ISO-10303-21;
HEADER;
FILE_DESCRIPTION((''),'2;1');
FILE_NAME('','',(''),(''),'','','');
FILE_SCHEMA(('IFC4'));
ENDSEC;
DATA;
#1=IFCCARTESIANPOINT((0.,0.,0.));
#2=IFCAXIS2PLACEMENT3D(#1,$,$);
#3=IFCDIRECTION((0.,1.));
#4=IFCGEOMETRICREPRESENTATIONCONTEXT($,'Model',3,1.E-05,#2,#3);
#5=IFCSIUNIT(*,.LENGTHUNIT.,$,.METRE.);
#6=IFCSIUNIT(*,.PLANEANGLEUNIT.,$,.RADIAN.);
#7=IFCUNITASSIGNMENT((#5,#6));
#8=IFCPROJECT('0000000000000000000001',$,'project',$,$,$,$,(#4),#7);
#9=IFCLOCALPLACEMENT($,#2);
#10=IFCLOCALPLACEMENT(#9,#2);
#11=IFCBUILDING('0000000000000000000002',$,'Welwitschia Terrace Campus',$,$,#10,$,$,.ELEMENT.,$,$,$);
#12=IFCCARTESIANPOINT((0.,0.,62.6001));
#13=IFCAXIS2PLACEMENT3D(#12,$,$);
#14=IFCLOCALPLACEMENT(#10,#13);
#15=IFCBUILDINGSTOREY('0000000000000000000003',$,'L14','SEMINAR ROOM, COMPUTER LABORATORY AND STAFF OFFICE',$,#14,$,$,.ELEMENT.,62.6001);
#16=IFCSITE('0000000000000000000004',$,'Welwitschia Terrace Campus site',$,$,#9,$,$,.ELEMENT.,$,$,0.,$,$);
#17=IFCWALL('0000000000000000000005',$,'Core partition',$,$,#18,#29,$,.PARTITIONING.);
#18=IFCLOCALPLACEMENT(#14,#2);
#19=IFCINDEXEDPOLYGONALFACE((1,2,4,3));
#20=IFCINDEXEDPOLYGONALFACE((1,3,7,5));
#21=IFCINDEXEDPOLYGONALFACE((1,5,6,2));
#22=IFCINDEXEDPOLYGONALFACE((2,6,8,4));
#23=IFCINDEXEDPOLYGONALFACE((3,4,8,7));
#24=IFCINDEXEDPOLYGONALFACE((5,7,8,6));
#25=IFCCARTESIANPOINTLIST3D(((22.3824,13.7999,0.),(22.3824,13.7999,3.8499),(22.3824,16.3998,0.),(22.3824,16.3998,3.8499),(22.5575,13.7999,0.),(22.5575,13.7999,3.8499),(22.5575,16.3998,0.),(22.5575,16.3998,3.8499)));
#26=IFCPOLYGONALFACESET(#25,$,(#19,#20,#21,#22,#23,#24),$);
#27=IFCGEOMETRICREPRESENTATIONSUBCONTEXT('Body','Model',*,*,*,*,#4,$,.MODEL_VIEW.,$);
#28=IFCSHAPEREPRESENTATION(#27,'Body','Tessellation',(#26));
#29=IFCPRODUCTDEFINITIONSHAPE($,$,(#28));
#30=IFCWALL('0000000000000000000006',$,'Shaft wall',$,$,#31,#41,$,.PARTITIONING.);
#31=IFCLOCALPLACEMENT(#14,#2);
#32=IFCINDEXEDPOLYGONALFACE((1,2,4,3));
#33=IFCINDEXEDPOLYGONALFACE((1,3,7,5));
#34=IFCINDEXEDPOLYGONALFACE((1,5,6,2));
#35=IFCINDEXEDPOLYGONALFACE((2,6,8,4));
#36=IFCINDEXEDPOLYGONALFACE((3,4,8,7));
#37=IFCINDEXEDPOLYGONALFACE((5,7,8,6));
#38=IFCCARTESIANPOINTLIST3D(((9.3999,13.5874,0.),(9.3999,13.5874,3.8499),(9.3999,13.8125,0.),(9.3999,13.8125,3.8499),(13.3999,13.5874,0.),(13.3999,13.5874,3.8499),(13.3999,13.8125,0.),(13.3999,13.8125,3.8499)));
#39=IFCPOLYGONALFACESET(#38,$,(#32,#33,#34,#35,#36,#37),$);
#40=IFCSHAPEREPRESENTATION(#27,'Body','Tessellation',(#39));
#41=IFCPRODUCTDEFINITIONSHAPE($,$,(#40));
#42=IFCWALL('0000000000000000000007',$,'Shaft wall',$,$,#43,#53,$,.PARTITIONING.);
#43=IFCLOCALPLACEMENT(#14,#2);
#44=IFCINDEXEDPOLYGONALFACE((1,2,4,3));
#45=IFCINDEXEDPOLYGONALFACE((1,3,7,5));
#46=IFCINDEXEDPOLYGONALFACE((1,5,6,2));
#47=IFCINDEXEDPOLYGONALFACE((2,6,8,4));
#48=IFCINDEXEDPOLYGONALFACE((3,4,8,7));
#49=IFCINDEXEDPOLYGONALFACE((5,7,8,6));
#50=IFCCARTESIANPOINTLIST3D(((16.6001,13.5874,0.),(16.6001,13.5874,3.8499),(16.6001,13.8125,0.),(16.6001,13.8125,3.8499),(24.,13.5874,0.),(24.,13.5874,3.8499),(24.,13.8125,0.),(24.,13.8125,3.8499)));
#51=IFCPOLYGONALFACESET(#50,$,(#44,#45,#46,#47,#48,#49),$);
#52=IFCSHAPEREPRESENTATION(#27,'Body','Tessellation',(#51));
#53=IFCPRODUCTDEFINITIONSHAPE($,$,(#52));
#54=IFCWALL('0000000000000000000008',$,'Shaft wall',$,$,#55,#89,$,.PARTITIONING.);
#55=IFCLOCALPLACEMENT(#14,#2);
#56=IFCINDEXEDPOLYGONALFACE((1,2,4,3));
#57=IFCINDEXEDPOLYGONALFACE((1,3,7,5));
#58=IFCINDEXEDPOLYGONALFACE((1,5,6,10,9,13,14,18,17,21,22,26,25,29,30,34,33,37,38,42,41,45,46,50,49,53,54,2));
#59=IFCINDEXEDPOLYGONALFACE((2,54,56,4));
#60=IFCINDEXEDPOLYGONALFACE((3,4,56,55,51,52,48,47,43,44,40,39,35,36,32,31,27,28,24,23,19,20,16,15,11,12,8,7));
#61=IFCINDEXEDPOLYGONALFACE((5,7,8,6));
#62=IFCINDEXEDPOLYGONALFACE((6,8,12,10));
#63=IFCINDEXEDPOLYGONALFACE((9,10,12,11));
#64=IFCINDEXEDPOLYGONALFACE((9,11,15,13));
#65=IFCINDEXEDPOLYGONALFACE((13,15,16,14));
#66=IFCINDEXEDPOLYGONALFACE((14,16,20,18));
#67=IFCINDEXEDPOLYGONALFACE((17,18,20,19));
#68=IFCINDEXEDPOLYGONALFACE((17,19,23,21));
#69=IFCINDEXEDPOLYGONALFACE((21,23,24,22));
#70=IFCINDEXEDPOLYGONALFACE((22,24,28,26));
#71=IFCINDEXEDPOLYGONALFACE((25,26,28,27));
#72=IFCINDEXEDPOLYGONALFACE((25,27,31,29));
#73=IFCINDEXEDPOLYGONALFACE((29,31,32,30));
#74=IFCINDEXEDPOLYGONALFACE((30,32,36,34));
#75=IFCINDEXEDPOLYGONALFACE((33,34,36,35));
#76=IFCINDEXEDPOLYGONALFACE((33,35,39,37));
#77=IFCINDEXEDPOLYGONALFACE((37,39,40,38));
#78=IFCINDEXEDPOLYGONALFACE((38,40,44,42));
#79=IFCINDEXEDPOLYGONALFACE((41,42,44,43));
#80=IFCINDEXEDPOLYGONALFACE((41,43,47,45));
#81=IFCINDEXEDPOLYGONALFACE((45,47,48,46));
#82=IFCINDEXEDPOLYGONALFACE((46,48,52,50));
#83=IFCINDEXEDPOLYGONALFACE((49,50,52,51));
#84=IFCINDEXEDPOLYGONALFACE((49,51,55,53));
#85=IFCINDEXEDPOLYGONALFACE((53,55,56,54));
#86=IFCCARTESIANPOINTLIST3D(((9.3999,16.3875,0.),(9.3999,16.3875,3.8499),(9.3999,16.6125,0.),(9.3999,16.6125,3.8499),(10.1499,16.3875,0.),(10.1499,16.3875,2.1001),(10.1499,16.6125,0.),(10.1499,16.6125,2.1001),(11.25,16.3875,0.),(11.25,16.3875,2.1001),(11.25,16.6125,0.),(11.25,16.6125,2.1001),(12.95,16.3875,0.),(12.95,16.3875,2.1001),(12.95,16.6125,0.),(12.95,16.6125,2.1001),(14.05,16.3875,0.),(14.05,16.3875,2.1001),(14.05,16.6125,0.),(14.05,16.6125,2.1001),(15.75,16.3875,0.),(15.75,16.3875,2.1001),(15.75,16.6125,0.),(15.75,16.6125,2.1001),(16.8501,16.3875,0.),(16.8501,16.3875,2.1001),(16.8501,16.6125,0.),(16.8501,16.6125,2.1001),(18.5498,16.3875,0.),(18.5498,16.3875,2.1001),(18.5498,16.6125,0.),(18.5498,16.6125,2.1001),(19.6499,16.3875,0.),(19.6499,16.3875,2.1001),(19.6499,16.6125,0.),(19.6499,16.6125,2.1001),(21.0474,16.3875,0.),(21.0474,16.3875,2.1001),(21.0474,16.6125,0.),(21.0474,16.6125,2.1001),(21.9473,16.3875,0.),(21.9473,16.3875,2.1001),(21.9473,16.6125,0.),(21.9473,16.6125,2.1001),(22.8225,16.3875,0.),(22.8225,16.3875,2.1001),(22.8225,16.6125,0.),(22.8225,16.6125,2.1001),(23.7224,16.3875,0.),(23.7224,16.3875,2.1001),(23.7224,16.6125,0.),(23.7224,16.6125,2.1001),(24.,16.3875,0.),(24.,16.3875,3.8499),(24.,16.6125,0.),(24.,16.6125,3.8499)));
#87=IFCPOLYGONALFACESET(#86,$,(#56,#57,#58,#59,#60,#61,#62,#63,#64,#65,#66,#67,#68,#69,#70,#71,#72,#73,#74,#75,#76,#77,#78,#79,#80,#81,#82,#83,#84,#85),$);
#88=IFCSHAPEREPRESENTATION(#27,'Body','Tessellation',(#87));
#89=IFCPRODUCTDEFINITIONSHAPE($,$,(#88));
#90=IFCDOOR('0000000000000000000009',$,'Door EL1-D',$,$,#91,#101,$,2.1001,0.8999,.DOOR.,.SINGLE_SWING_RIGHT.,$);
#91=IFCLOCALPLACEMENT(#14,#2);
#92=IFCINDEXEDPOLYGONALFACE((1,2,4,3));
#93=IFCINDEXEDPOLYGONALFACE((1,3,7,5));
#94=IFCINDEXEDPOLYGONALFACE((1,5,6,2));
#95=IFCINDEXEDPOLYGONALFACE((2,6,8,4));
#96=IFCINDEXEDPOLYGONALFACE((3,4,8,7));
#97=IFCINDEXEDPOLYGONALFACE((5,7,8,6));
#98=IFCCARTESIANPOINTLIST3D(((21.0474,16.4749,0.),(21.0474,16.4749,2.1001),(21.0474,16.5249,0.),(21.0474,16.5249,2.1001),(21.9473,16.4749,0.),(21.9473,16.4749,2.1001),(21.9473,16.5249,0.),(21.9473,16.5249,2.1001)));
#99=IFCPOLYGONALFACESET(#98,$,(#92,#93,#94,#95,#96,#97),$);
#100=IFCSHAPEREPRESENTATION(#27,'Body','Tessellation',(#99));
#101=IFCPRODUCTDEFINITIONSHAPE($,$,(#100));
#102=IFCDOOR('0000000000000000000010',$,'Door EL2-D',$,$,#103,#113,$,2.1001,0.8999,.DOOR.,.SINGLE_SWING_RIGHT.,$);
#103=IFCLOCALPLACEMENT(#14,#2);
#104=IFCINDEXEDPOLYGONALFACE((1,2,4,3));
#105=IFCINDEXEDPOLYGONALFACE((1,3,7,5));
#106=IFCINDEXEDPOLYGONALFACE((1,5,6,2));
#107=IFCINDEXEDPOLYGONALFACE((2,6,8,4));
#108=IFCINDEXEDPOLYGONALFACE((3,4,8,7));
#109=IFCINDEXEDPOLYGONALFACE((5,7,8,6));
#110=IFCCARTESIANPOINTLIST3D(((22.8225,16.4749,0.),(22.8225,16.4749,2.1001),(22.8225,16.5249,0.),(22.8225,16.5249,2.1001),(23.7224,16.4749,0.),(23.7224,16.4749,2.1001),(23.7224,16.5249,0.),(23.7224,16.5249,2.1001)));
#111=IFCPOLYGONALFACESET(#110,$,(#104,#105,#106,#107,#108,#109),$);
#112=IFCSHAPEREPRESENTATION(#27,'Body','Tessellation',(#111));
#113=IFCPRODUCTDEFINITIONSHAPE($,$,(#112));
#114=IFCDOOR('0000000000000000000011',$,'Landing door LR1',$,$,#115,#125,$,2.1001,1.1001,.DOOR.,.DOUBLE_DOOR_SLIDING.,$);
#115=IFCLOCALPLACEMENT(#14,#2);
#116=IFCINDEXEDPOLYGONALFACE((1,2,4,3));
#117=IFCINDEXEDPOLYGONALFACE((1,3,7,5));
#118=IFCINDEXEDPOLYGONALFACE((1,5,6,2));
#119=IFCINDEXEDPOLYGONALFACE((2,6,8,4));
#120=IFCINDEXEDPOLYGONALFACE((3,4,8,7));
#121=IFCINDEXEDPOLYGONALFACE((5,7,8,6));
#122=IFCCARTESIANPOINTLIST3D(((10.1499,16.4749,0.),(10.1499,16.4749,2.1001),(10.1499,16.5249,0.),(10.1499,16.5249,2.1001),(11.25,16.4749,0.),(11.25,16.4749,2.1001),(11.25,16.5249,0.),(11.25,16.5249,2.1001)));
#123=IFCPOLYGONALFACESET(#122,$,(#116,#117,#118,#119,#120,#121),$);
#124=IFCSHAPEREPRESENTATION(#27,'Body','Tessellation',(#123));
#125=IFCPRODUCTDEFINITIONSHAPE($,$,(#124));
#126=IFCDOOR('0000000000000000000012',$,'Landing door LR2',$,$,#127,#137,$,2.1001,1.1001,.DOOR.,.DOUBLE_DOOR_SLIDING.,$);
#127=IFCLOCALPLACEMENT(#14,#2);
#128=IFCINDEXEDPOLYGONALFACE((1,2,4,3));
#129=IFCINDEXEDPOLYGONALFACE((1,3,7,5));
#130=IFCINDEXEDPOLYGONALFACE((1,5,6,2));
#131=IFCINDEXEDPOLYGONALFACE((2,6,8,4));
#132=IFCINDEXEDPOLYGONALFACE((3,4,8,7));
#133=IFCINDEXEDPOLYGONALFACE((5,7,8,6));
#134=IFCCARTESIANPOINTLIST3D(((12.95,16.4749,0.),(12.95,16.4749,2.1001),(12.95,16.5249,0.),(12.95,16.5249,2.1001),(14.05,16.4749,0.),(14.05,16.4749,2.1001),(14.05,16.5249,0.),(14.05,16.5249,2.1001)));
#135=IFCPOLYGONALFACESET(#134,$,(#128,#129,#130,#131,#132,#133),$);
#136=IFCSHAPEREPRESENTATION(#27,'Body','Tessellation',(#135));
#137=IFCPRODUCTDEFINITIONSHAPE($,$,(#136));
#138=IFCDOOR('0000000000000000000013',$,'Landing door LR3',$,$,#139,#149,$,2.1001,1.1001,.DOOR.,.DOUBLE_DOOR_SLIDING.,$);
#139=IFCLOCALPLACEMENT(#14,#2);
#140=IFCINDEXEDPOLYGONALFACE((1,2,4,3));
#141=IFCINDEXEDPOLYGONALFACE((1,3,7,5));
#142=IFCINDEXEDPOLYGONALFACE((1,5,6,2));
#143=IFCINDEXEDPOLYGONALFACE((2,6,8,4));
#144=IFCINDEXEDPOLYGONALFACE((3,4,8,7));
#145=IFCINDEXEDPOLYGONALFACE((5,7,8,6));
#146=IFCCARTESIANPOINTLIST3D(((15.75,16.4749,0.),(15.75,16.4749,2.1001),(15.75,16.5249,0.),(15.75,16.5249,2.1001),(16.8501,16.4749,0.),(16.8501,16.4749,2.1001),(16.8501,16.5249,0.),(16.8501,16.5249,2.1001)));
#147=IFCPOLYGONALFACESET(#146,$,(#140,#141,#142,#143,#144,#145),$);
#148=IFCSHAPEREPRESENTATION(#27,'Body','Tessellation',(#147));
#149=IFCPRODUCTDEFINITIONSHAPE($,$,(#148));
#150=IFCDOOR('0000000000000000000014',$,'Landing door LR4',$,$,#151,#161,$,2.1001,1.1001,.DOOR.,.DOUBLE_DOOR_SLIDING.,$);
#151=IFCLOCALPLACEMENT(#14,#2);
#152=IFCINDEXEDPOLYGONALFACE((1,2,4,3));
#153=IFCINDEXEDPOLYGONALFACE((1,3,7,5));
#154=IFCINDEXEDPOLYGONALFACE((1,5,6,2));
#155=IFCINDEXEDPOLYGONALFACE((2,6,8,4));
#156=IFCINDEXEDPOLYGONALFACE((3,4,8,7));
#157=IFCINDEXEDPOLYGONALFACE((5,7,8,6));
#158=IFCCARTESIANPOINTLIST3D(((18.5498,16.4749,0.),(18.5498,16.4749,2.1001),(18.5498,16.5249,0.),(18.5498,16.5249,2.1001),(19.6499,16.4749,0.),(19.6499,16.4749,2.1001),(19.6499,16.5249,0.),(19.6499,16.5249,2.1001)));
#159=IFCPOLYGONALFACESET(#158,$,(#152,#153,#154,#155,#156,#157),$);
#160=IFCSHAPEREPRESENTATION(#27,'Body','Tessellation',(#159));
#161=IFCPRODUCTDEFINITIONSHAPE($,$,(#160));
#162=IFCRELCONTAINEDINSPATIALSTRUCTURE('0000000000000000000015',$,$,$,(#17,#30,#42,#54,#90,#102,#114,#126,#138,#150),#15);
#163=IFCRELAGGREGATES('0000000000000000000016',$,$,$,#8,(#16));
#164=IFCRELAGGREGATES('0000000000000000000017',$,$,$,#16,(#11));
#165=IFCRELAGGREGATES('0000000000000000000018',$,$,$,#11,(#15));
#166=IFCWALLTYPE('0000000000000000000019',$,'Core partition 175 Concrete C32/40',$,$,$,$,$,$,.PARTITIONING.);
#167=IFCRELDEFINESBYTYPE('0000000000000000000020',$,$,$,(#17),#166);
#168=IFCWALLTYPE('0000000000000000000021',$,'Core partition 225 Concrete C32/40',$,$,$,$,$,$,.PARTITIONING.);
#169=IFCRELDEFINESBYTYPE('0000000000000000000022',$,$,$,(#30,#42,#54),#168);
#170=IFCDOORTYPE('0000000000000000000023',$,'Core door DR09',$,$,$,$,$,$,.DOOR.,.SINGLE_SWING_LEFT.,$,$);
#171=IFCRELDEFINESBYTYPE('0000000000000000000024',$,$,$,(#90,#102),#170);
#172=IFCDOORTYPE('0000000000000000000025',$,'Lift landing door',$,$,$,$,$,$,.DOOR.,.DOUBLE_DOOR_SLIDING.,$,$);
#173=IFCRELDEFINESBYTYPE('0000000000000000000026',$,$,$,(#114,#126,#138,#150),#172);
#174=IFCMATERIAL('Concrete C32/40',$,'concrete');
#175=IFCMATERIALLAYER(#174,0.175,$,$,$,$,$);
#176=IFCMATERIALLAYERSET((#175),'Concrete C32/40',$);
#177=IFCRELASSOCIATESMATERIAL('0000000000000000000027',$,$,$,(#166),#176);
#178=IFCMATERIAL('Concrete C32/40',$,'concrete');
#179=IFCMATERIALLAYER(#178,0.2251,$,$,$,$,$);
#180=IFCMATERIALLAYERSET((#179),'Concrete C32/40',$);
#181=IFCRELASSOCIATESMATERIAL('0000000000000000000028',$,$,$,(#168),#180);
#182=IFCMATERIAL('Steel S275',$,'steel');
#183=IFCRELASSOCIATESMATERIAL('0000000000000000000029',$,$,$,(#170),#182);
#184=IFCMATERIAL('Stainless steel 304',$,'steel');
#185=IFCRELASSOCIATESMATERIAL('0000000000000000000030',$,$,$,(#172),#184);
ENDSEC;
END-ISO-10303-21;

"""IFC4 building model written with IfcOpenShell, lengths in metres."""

from ifc_helpers import new_model, si_unit, direction, frame, frame_2d, origin, place, context, subcontext, project, spatial, rectangle, extrude, material, layer, layer_set, type_object, element, fill, save


model = new_model("IFC4")

# Units and contexts
model_context = context("Model", 3, precision=1e-05, world=origin(), true_north=direction((0.0, 1.0)))
body_context = subcontext(model_context, "Body", "Model", "MODEL_VIEW")
ifc_project = project(units=[si_unit("LENGTHUNIT", "METRE"), si_unit("PLANEANGLEUNIT", "RADIAN")], contexts=[model_context])

# Site, building, storey
site_placement = place(None, origin())
site = spatial("IfcSite", under=ifc_project, at=site_placement, Name="Welwitschia Terrace Campus site", CompositionType="ELEMENT", RefElevation=0.0)
building_placement = place(site_placement, origin())
building = spatial("IfcBuilding", under=site, at=building_placement, Name="Welwitschia Terrace Campus", CompositionType="ELEMENT")
storey_placement = place(building_placement, frame((0.0, 0.0, 62.6001)))
storey = spatial("IfcBuildingStorey", under=building, at=storey_placement, Name="L14", Description="SEMINAR ROOM, COMPUTER LABORATORY AND STAFF OFFICE", CompositionType="ELEMENT", Elevation=62.6001)

# Walls
ifc_material_1 = material(Name="Concrete C32/40", Category="concrete")
ifc_layer_1 = layer(ifc_material_1, 0.175)
ifc_layer_set_1 = layer_set([ifc_layer_1], Name="Concrete C32/40")
wall_type_1 = type_object("IfcWallType", Name="Core partition 175 Concrete C32/40", PredefinedType="PARTITIONING", material=ifc_layer_set_1)
wall_1_placement = place(storey_placement, frame((22.47, 13.8, 0.0), z_axis=(0.0, 0.0, 1.0), x_axis=(0.0, 1.0, 0.0)))
element("IfcWall", 1, at=wall_1_placement, inside=storey, type_object=wall_type_1, Name="Core partition", PredefinedType="PARTITIONING", context=body_context, shape_type="SweptSolid", body=[
    extrude(rectangle(XDim=2.5999, YDim=0.175, at=frame_2d((1.2998, 0.0))), origin(), (0.0, 0.0, 1.0), 3.8499),
])
ifc_material_2 = material(Name="Concrete C32/40", Category="concrete")
ifc_layer_2 = layer(ifc_material_2, 0.2251)
ifc_layer_set_2 = layer_set([ifc_layer_2], Name="Concrete C32/40")
wall_type_2 = type_object("IfcWallType", Name="Core partition 225 Concrete C32/40", PredefinedType="PARTITIONING", material=ifc_layer_set_2)
wall_2_placement = place(storey_placement, frame((9.3999, 13.7, 0.0), z_axis=(0.0, 0.0, 1.0), x_axis=(1.0, 0.0, 0.0)))
element("IfcWall", 2, at=wall_2_placement, inside=storey, type_object=wall_type_2, Name="Shaft wall", PredefinedType="PARTITIONING", context=body_context, shape_type="SweptSolid", body=[
    extrude(rectangle(XDim=4.0, YDim=0.2251, at=frame_2d((2.0, 0.0))), origin(), (0.0, 0.0, 1.0), 3.8499),
])
wall_3_placement = place(storey_placement, frame((16.6001, 13.7, 0.0), z_axis=(0.0, 0.0, 1.0), x_axis=(1.0, 0.0, 0.0)))
element("IfcWall", 3, at=wall_3_placement, inside=storey, type_object=wall_type_2, Name="Shaft wall", PredefinedType="PARTITIONING", context=body_context, shape_type="SweptSolid", body=[
    extrude(rectangle(XDim=7.3999, YDim=0.2251, at=frame_2d((3.7, 0.0))), origin(), (0.0, 0.0, 1.0), 3.8499),
])

# Wall, openings, doors
wall_4_placement = place(storey_placement, frame((9.3999, 16.5, 0.0), z_axis=(0.0, 0.0, 1.0), x_axis=(1.0, 0.0, 0.0)))
wall_4 = element("IfcWall", 4, at=wall_4_placement, inside=storey, type_object=wall_type_2, Name="Shaft wall", PredefinedType="PARTITIONING", context=body_context, shape_type="SweptSolid", body=[
    extrude(rectangle(XDim=14.6001, YDim=0.2251, at=frame_2d((7.3, 0.0))), origin(), (0.0, 0.0, 1.0), 3.8499),
])
opening_1_placement = place(wall_4_placement, frame((0.75, 0.0, 0.0)))
opening_1 = element("IfcOpeningElement", 5, at=opening_1_placement, cuts=wall_4, PredefinedType="OPENING", context=body_context, shape_type="SweptSolid", body=[
    extrude(rectangle(XDim=1.1001, YDim=2.1001, at=frame_2d((0.55, 1.05))), frame((0.0, 0.1226, 0.0), z_axis=(0.0, -1.0, 0.0), x_axis=(1.0, 0.0, 0.0)), (0.0, 0.0, 1.0), 0.2451),
])
opening_2_placement = place(wall_4_placement, frame((3.55, 0.0, 0.0)))
opening_2 = element("IfcOpeningElement", 6, at=opening_2_placement, cuts=wall_4, PredefinedType="OPENING", context=body_context, shape_type="SweptSolid", body=[
    extrude(rectangle(XDim=1.1001, YDim=2.1001, at=frame_2d((0.55, 1.05))), frame((0.0, 0.1226, 0.0), z_axis=(0.0, -1.0, 0.0), x_axis=(1.0, 0.0, 0.0)), (0.0, 0.0, 1.0), 0.2451),
])
opening_3_placement = place(wall_4_placement, frame((6.3501, 0.0, 0.0)))
opening_3 = element("IfcOpeningElement", 7, at=opening_3_placement, cuts=wall_4, PredefinedType="OPENING", context=body_context, shape_type="SweptSolid", body=[
    extrude(rectangle(XDim=1.1001, YDim=2.1001, at=frame_2d((0.55, 1.05))), frame((0.0, 0.1226, 0.0), z_axis=(0.0, -1.0, 0.0), x_axis=(1.0, 0.0, 0.0)), (0.0, 0.0, 1.0), 0.2451),
])
opening_4_placement = place(wall_4_placement, frame((9.1499, 0.0, 0.0)))
opening_4 = element("IfcOpeningElement", 8, at=opening_4_placement, cuts=wall_4, PredefinedType="OPENING", context=body_context, shape_type="SweptSolid", body=[
    extrude(rectangle(XDim=1.1001, YDim=2.1001, at=frame_2d((0.55, 1.05))), frame((0.0, 0.1226, 0.0), z_axis=(0.0, -1.0, 0.0), x_axis=(1.0, 0.0, 0.0)), (0.0, 0.0, 1.0), 0.2451),
])
opening_5_placement = place(wall_4_placement, frame((11.6475, 0.0, 0.0)))
opening_5 = element("IfcOpeningElement", 9, at=opening_5_placement, cuts=wall_4, PredefinedType="OPENING", context=body_context, shape_type="SweptSolid", body=[
    extrude(rectangle(XDim=0.8999, YDim=2.1001, at=frame_2d((0.45, 1.05))), frame((0.0, 0.1226, 0.0), z_axis=(0.0, -1.0, 0.0), x_axis=(1.0, 0.0, 0.0)), (0.0, 0.0, 1.0), 0.2451),
])
opening_6_placement = place(wall_4_placement, frame((13.4226, 0.0, 0.0)))
opening_6 = element("IfcOpeningElement", 10, at=opening_6_placement, cuts=wall_4, PredefinedType="OPENING", context=body_context, shape_type="SweptSolid", body=[
    extrude(rectangle(XDim=0.8999, YDim=2.1001, at=frame_2d((0.45, 1.05))), frame((0.0, 0.1226, 0.0), z_axis=(0.0, -1.0, 0.0), x_axis=(1.0, 0.0, 0.0)), (0.0, 0.0, 1.0), 0.2451),
])
ifc_material_3 = material(Name="Steel S275", Category="steel")
door_type_1 = type_object("IfcDoorType", Name="Core door DR09", OperationType="SINGLE_SWING_LEFT", PredefinedType="DOOR", material=ifc_material_3)
door_1_placement = place(opening_5_placement, origin())
door_1 = element("IfcDoor", 11, at=door_1_placement, inside=storey, type_object=door_type_1, Name="Door EL1-D", OperationType="SINGLE_SWING_RIGHT", OverallHeight=2.1001, OverallWidth=0.8999, PredefinedType="DOOR", context=body_context, shape_type="SweptSolid", body=[
    extrude(rectangle(XDim=0.8999, YDim=2.1001, at=frame_2d((0.45, 1.05))), frame((0.0, 0.0249, 0.0), z_axis=(0.0, -1.0, 0.0), x_axis=(1.0, 0.0, 0.0)), (0.0, 0.0, 1.0), 0.05),
])
fill(opening_5, door_1)
door_2_placement = place(opening_6_placement, origin())
door_2 = element("IfcDoor", 12, at=door_2_placement, inside=storey, type_object=door_type_1, Name="Door EL2-D", OperationType="SINGLE_SWING_RIGHT", OverallHeight=2.1001, OverallWidth=0.8999, PredefinedType="DOOR", context=body_context, shape_type="SweptSolid", body=[
    extrude(rectangle(XDim=0.8999, YDim=2.1001, at=frame_2d((0.45, 1.05))), frame((0.0, 0.0249, 0.0), z_axis=(0.0, -1.0, 0.0), x_axis=(1.0, 0.0, 0.0)), (0.0, 0.0, 1.0), 0.05),
])
fill(opening_6, door_2)
ifc_material_4 = material(Name="Stainless steel 304", Category="steel")
door_type_2 = type_object("IfcDoorType", Name="Lift landing door", OperationType="DOUBLE_DOOR_SLIDING", PredefinedType="DOOR", material=ifc_material_4)
door_3_placement = place(opening_1_placement, origin())
door_3 = element("IfcDoor", 13, at=door_3_placement, inside=storey, type_object=door_type_2, Name="Landing door LR1", OperationType="DOUBLE_DOOR_SLIDING", OverallHeight=2.1001, OverallWidth=1.1001, PredefinedType="DOOR", context=body_context, shape_type="SweptSolid", body=[
    extrude(rectangle(XDim=1.1001, YDim=2.1001, at=frame_2d((0.55, 1.05))), frame((0.0, 0.0249, 0.0), z_axis=(0.0, -1.0, 0.0), x_axis=(1.0, 0.0, 0.0)), (0.0, 0.0, 1.0), 0.05),
])
fill(opening_1, door_3)
door_4_placement = place(opening_2_placement, origin())
door_4 = element("IfcDoor", 14, at=door_4_placement, inside=storey, type_object=door_type_2, Name="Landing door LR2", OperationType="DOUBLE_DOOR_SLIDING", OverallHeight=2.1001, OverallWidth=1.1001, PredefinedType="DOOR", context=body_context, shape_type="SweptSolid", body=[
    extrude(rectangle(XDim=1.1001, YDim=2.1001, at=frame_2d((0.55, 1.05))), frame((0.0, 0.0249, 0.0), z_axis=(0.0, -1.0, 0.0), x_axis=(1.0, 0.0, 0.0)), (0.0, 0.0, 1.0), 0.05),
])
fill(opening_2, door_4)
door_5_placement = place(opening_3_placement, origin())
door_5 = element("IfcDoor", 15, at=door_5_placement, inside=storey, type_object=door_type_2, Name="Landing door LR3", OperationType="DOUBLE_DOOR_SLIDING", OverallHeight=2.1001, OverallWidth=1.1001, PredefinedType="DOOR", context=body_context, shape_type="SweptSolid", body=[
    extrude(rectangle(XDim=1.1001, YDim=2.1001, at=frame_2d((0.55, 1.05))), frame((0.0, 0.0249, 0.0), z_axis=(0.0, -1.0, 0.0), x_axis=(1.0, 0.0, 0.0)), (0.0, 0.0, 1.0), 0.05),
])
fill(opening_3, door_5)
door_6_placement = place(opening_4_placement, origin())
door_6 = element("IfcDoor", 16, at=door_6_placement, inside=storey, type_object=door_type_2, Name="Landing door LR4", OperationType="DOUBLE_DOOR_SLIDING", OverallHeight=2.1001, OverallWidth=1.1001, PredefinedType="DOOR", context=body_context, shape_type="SweptSolid", body=[
    extrude(rectangle(XDim=1.1001, YDim=2.1001, at=frame_2d((0.55, 1.05))), frame((0.0, 0.0249, 0.0), z_axis=(0.0, -1.0, 0.0), x_axis=(1.0, 0.0, 0.0)), (0.0, 0.0, 1.0), 0.05),
])
fill(opening_4, door_6)

save(model, "model.ifc")
